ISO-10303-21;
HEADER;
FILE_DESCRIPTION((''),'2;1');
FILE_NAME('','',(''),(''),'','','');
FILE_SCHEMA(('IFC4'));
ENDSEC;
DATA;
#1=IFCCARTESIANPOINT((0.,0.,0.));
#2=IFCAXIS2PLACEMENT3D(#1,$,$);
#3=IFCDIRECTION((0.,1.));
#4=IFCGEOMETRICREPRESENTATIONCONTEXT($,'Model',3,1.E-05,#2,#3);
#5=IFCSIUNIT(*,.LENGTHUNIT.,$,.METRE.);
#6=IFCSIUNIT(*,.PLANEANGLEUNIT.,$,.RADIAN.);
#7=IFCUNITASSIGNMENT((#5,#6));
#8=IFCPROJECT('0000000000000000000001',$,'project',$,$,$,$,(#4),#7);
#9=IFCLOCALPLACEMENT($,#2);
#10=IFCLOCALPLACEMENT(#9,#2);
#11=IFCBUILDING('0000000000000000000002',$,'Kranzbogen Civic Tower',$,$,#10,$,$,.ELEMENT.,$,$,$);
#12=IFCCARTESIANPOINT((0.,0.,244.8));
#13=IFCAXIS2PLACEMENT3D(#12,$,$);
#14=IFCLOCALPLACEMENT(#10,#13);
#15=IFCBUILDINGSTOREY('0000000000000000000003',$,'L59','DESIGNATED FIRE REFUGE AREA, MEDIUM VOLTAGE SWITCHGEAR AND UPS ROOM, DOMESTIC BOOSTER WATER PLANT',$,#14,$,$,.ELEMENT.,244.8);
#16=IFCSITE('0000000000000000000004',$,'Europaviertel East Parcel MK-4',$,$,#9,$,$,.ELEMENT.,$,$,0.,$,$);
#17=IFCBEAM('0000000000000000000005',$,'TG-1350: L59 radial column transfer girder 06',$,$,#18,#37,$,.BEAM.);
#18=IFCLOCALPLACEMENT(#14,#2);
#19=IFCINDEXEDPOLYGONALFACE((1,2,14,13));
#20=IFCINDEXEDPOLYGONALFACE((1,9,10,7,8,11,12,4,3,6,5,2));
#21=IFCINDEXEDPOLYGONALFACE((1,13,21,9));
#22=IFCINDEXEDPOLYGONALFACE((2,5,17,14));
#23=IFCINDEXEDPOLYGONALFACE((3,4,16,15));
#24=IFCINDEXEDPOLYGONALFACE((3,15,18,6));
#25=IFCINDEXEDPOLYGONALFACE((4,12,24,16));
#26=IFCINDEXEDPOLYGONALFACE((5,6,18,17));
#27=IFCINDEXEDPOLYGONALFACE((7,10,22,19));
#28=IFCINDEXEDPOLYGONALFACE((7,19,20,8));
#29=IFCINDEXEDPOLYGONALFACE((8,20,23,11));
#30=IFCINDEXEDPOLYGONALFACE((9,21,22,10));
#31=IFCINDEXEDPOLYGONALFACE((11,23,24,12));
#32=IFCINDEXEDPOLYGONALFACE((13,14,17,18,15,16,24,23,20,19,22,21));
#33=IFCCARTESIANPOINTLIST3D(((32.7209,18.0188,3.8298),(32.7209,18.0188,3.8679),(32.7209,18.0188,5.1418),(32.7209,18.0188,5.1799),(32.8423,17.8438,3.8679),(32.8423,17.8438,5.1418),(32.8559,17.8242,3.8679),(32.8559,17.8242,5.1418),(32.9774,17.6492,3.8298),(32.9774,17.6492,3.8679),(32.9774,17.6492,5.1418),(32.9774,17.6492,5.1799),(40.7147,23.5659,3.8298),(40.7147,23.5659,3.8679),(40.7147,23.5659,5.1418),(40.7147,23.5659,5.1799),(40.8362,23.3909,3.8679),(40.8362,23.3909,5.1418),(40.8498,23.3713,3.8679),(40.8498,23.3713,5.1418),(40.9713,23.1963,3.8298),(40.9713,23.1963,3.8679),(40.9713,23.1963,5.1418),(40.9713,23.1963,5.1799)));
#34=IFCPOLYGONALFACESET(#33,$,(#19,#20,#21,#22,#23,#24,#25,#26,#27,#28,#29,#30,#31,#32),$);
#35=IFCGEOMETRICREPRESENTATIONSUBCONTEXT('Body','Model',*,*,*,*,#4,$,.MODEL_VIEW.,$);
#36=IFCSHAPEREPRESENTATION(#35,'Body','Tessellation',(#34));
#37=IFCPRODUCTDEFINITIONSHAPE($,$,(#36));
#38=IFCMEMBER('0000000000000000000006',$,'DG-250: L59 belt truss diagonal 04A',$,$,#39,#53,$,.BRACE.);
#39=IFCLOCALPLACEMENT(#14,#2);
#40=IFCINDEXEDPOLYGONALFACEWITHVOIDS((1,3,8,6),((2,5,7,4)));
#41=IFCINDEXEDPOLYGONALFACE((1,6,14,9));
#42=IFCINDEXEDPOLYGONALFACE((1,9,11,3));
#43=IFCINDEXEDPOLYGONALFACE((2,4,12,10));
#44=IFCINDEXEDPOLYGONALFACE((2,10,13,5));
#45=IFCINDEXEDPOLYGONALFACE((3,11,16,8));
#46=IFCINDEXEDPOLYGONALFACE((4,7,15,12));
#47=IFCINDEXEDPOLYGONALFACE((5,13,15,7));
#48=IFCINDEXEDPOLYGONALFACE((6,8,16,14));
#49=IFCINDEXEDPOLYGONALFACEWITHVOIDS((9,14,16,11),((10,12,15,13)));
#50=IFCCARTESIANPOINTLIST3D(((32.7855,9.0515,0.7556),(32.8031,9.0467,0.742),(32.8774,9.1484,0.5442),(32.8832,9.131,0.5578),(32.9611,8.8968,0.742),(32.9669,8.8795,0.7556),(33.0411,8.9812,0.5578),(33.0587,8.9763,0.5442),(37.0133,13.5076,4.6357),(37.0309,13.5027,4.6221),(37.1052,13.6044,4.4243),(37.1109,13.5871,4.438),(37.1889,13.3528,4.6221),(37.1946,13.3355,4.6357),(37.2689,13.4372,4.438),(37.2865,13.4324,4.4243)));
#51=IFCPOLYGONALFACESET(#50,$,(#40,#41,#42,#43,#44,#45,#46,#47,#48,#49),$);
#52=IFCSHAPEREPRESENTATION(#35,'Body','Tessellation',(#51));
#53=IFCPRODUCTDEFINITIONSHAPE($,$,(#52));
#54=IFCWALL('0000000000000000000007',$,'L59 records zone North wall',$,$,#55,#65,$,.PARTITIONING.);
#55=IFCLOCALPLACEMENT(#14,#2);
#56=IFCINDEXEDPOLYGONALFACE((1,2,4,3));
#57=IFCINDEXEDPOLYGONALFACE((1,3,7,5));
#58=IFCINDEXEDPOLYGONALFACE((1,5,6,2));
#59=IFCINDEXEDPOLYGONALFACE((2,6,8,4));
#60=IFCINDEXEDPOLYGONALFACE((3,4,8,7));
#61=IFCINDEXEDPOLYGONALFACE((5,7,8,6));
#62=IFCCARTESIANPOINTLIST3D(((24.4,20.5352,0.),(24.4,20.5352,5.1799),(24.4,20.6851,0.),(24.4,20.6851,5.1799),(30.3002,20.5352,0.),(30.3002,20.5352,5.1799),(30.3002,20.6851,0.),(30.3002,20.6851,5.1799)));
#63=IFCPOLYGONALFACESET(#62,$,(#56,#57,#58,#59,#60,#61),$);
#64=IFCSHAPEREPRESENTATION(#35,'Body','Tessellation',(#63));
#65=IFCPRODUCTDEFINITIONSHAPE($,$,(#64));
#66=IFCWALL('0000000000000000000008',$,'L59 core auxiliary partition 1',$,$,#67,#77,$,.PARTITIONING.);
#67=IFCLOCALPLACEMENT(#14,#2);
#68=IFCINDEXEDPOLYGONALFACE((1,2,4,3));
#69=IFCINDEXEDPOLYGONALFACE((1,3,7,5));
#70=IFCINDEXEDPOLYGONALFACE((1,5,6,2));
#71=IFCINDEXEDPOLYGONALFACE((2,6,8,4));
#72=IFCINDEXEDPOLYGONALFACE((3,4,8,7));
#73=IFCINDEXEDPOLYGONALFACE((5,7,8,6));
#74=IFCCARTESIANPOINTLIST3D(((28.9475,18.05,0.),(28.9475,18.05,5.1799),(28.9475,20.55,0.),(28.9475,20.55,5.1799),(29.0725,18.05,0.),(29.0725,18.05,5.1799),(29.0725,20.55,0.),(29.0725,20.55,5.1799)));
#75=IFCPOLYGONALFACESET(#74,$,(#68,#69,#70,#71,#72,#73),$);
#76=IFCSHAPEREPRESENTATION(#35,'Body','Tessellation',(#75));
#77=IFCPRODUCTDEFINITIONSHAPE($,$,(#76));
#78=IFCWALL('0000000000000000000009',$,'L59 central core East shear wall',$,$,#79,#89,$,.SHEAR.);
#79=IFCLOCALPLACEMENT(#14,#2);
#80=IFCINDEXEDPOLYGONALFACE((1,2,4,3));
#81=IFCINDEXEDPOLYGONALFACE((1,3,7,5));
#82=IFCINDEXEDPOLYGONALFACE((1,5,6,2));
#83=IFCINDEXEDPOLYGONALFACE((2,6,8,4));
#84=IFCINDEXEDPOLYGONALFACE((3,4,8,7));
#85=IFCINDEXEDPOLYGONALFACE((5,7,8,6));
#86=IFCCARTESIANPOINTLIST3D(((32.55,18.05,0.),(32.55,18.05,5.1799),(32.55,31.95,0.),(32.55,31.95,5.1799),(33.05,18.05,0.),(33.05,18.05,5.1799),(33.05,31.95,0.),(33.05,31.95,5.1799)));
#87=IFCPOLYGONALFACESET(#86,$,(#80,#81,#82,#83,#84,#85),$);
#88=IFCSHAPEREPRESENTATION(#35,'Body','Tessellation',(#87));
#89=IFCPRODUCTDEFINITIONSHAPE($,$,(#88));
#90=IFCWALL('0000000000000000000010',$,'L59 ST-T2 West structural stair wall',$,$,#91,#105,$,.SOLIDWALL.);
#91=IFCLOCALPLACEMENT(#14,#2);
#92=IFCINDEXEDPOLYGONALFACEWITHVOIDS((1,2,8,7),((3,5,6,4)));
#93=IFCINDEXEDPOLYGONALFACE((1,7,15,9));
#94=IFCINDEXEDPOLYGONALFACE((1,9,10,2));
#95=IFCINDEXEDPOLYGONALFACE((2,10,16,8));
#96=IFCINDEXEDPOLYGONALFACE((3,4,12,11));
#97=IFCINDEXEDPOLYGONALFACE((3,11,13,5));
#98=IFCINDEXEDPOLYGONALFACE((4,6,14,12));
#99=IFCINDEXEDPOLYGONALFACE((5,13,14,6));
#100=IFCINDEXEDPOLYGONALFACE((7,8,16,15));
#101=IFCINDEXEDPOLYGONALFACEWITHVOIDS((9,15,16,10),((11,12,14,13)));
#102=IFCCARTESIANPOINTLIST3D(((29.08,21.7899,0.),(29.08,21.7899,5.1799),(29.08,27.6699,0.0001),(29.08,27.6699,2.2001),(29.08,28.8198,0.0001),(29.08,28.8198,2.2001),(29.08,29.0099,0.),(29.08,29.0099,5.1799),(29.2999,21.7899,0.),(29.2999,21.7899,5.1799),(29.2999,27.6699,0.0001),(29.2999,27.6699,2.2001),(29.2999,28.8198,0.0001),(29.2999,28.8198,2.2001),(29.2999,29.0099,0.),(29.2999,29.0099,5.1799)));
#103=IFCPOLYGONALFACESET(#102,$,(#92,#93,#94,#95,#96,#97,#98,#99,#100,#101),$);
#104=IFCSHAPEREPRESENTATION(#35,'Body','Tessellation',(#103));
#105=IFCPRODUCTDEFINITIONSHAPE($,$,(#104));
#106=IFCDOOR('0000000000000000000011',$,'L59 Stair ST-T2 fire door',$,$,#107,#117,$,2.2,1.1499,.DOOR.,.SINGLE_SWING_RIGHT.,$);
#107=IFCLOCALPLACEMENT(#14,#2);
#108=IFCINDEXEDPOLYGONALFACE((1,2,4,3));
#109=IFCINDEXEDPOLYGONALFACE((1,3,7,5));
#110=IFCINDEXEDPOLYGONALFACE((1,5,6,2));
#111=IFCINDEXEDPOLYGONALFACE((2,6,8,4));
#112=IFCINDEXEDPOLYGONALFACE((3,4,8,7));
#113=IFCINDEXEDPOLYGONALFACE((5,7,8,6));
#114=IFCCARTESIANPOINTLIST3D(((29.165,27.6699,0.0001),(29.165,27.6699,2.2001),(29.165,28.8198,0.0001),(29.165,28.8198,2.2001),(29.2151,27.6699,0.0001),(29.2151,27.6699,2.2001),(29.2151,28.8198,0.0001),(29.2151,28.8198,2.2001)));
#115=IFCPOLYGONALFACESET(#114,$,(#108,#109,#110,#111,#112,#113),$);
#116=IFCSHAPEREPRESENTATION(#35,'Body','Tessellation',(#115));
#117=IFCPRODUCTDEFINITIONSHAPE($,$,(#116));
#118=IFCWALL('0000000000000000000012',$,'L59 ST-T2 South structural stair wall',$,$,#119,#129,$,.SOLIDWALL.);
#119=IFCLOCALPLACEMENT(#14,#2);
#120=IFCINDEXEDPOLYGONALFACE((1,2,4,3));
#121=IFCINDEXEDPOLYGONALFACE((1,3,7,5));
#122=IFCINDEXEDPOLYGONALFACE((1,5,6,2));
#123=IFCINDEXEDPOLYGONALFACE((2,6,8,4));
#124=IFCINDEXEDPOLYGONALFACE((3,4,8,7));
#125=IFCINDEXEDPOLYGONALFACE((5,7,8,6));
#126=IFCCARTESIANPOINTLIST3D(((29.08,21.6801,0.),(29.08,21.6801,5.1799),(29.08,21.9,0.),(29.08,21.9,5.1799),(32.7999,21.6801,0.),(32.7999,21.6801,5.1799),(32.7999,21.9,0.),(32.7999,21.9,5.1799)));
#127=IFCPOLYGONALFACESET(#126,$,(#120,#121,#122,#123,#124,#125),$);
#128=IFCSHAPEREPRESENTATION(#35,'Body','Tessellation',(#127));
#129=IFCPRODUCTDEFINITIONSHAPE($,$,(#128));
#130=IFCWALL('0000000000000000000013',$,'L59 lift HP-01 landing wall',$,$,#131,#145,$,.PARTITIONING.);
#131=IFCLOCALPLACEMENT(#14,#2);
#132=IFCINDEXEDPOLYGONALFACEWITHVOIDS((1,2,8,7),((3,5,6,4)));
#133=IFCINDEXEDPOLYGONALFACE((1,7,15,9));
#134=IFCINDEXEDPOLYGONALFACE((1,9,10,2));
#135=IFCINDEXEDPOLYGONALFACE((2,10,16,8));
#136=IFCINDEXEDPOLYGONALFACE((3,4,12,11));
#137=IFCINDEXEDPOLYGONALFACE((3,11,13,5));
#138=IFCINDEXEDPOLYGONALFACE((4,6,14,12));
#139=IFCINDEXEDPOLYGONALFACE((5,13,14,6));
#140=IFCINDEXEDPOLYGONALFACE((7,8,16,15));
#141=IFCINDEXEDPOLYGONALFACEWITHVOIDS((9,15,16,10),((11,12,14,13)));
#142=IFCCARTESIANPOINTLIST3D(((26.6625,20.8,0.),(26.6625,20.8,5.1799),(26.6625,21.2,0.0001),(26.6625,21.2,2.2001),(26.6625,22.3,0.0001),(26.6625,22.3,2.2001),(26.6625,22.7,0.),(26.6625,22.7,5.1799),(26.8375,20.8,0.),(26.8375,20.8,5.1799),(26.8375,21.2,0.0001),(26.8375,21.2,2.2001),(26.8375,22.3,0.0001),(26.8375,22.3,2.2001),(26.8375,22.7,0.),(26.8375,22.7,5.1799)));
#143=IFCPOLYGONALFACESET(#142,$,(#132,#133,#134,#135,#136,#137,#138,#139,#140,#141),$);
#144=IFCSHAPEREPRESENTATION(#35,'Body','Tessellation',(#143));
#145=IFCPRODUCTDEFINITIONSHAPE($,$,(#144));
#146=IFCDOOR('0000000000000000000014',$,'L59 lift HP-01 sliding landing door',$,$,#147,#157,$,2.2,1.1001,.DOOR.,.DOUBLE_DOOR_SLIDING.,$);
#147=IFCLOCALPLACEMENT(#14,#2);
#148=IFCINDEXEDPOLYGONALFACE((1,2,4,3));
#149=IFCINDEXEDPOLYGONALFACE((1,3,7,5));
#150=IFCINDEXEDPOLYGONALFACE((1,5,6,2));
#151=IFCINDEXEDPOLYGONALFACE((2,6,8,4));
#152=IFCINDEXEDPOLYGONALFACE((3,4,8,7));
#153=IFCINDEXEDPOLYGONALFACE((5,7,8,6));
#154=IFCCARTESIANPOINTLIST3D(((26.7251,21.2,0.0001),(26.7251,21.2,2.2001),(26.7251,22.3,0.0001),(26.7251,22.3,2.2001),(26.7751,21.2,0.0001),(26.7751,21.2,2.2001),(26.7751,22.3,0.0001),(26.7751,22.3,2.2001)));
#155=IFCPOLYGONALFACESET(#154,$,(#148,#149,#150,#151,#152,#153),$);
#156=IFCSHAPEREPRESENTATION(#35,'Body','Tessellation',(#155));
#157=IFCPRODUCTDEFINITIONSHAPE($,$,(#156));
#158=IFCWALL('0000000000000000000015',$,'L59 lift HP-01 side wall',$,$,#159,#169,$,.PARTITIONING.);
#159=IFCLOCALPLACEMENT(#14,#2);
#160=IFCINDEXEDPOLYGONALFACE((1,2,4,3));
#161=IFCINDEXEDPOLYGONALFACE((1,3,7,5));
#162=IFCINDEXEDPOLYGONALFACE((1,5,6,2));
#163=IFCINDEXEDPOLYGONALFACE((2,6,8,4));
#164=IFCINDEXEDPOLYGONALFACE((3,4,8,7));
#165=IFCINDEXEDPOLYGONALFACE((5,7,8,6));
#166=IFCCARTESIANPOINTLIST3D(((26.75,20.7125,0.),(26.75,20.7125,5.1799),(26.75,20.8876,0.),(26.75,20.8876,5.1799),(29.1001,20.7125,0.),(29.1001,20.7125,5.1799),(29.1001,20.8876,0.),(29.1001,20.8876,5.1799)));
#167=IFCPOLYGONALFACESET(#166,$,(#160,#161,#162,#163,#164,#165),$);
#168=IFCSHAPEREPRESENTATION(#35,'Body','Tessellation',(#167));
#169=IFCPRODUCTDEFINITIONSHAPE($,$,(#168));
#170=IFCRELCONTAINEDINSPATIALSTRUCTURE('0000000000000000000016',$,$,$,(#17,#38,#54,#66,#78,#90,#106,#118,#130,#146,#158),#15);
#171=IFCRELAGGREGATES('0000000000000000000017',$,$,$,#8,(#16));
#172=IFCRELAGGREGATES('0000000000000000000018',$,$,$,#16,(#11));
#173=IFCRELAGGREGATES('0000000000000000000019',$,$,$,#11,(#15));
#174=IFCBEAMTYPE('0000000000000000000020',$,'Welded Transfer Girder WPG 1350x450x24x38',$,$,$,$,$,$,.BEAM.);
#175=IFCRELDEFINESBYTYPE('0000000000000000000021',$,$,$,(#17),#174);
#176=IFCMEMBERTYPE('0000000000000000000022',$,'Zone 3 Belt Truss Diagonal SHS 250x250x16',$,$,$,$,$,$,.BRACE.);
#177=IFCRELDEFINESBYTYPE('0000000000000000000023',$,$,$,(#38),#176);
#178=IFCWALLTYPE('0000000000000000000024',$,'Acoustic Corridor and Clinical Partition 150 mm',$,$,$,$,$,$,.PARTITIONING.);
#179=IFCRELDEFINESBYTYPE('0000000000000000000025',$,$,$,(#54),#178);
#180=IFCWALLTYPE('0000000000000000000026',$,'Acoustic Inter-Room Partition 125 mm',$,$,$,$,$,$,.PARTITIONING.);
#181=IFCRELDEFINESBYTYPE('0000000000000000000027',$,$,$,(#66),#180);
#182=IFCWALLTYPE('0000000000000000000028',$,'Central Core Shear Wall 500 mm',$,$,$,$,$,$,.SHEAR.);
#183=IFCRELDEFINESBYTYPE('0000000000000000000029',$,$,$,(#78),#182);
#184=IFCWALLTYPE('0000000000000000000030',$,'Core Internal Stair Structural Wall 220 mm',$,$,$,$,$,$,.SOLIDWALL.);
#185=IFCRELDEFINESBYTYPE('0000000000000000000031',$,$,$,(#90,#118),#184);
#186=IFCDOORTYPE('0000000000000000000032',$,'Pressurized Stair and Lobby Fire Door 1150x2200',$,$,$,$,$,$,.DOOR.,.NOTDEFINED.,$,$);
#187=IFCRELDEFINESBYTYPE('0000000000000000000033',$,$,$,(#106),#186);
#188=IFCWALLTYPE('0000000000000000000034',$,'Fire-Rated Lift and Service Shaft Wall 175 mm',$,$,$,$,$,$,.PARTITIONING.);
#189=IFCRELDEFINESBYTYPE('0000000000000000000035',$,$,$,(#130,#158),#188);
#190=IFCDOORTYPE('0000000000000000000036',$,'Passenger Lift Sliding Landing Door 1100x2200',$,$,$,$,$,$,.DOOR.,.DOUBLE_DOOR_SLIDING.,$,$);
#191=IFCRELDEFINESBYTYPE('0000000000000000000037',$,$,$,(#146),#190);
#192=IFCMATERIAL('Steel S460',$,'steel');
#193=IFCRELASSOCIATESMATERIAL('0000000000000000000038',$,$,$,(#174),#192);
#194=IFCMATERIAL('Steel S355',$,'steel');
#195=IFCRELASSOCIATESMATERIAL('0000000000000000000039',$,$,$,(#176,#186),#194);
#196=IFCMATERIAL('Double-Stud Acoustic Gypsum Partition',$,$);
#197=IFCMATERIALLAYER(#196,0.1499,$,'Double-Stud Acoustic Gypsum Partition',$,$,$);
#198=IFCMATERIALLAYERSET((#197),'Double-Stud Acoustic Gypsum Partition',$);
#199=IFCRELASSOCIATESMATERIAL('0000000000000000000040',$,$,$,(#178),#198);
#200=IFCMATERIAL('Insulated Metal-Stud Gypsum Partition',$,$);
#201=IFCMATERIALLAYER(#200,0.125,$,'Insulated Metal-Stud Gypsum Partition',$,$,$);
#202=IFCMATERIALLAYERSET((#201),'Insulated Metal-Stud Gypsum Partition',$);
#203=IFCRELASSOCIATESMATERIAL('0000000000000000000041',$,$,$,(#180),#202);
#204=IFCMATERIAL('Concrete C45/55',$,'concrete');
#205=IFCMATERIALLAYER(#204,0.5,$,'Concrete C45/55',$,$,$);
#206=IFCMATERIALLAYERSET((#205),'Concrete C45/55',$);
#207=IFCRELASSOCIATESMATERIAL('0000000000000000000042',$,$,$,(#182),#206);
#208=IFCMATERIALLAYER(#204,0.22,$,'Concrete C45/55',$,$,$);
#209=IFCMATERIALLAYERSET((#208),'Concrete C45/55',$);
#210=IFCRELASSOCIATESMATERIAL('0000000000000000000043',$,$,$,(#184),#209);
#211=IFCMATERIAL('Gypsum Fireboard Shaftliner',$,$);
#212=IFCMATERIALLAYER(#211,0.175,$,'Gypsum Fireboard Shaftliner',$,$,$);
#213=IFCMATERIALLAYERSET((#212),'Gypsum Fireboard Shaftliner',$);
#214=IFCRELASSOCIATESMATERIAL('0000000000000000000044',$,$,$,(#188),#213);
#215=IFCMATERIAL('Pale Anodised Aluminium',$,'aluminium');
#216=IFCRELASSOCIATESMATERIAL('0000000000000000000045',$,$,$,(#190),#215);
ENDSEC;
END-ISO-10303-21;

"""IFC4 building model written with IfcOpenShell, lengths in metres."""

from ifc_helpers import new_model, si_unit, direction, frame, frame_2d, origin, origin_2d, place, context, subcontext, project, spatial, rectangle, hollow_rectangle, i_section, extrude, material, layer, layer_set, material_profile, profile_set, type_object, element, fill, save


model = new_model("IFC4")

# Units and contexts
model_context = context("Model", 3, precision=1e-05, world=origin(), true_north=direction((0.0, 1.0)))
body_context = subcontext(model_context, "Body", "Model", "MODEL_VIEW")
ifc_project = project(units=[si_unit("LENGTHUNIT", "METRE"), si_unit("PLANEANGLEUNIT", "RADIAN")], contexts=[model_context])

# Site, building, storey
site_placement = place(None, origin())
site = spatial("IfcSite", under=ifc_project, at=site_placement, Name="Europaviertel East Parcel MK-4", CompositionType="ELEMENT", RefElevation=0.0)
building_placement = place(site_placement, origin())
building = spatial("IfcBuilding", under=site, at=building_placement, Name="Kranzbogen Civic Tower", CompositionType="ELEMENT")
storey_placement = place(building_placement, frame((0.0, 0.0, 244.8)))
storey = spatial("IfcBuildingStorey", under=building, at=storey_placement, Name="L59", Description="DESIGNATED FIRE REFUGE AREA, MEDIUM VOLTAGE SWITCHGEAR AND UPS ROOM, DOMESTIC BOOSTER WATER PLANT", CompositionType="ELEMENT", Elevation=244.8)

# Shared definitions
ifc_material_1 = material(Name="Steel S460", Category="steel")

# Shared definitions
ifc_material_2 = material(Name="Steel S355", Category="steel")

# Beam
ifc_material_profile_1 = material_profile(ifc_material_1, i_section(OverallWidth=0.45, OverallDepth=1.3501, WebThickness=0.0239, FlangeThickness=0.0381, at=origin_2d()), Name="WPG 1350x450x24x38")
ifc_profile_set_1 = profile_set([ifc_material_profile_1], Name="Steel S460")
beam_type_1 = type_object("IfcBeamType", Name="Welded Transfer Girder WPG 1350x450x24x38", PredefinedType="BEAM", material=ifc_profile_set_1)
beam_1_placement = place(storey_placement, frame((32.8491, 17.834, 4.5049), z_axis=(0.821572, 0.570105, 0.0), x_axis=(-0.570105, 0.821572, 0.0)))
element("IfcBeam", 1, at=beam_1_placement, inside=storey, type_object=beam_type_1, Name="TG-1350: L59 radial column transfer girder 06", PredefinedType="BEAM", context=body_context, shape_type="SweptSolid", body=[
    extrude(i_section(OverallWidth=0.45, OverallDepth=1.3501, WebThickness=0.0239, FlangeThickness=0.0381, at=origin_2d()), origin(), (0.0, 0.0, 1.0), 9.73),
])

# Member
ifc_material_profile_2 = material_profile(ifc_material_2, hollow_rectangle(XDim=0.25, YDim=0.25, WallThickness=0.0161, at=origin_2d()), Name="SHS 250x250x16")
ifc_profile_set_2 = profile_set([ifc_material_profile_2], Name="Steel S355")
member_type_1 = type_object("IfcMemberType", Name="Zone 3 Belt Truss Diagonal SHS 250x250x16", PredefinedType="BRACE", material=ifc_profile_set_2)
member_1_placement = place(storey_placement, frame((32.9221, 9.0139, 0.6499), z_axis=(0.581907, 0.613326, 0.534056), x_axis=(-0.725444, 0.688281, 0.0)))
element("IfcMember", 2, at=member_1_placement, inside=storey, type_object=member_type_1, Name="DG-250: L59 belt truss diagonal 04A", PredefinedType="BRACE", context=body_context, shape_type="SweptSolid", body=[
    extrude(hollow_rectangle(XDim=0.25, YDim=0.25, WallThickness=0.0161, at=origin_2d()), origin(), (0.0, 0.0, 1.0), 7.2654),
])

# Walls
ifc_material_3 = material(Name="Double-Stud Acoustic Gypsum Partition")
ifc_layer_1 = layer(ifc_material_3, 0.1499, Name="Double-Stud Acoustic Gypsum Partition")
ifc_layer_set_1 = layer_set([ifc_layer_1], Name="Double-Stud Acoustic Gypsum Partition")
wall_type_1 = type_object("IfcWallType", Name="Acoustic Corridor and Clinical Partition 150 mm", PredefinedType="PARTITIONING", material=ifc_layer_set_1)
wall_1_placement = place(storey_placement, frame((24.3999, 20.6101, 0.0), z_axis=(0.0, 0.0, 1.0), x_axis=(1.0, 0.0, 0.0)))
element("IfcWall", 3, at=wall_1_placement, inside=storey, type_object=wall_type_1, Name="L59 records zone North wall", PredefinedType="PARTITIONING", context=body_context, shape_type="SweptSolid", body=[
    extrude(rectangle(XDim=5.9001, YDim=0.1499, at=frame_2d((2.9502, 0.0))), origin(), (0.0, 0.0, 1.0), 5.1799),
])
ifc_material_4 = material(Name="Insulated Metal-Stud Gypsum Partition")
ifc_layer_2 = layer(ifc_material_4, 0.125, Name="Insulated Metal-Stud Gypsum Partition")
ifc_layer_set_2 = layer_set([ifc_layer_2], Name="Insulated Metal-Stud Gypsum Partition")
wall_type_2 = type_object("IfcWallType", Name="Acoustic Inter-Room Partition 125 mm", PredefinedType="PARTITIONING", material=ifc_layer_set_2)
wall_2_placement = place(storey_placement, frame((29.01, 18.05, 0.0), z_axis=(0.0, 0.0, 1.0), x_axis=(0.0, 1.0, 0.0)))
element("IfcWall", 4, at=wall_2_placement, inside=storey, type_object=wall_type_2, Name="L59 core auxiliary partition 1", PredefinedType="PARTITIONING", context=body_context, shape_type="SweptSolid", body=[
    extrude(rectangle(XDim=2.5, YDim=0.125, at=frame_2d((1.25, 0.0))), origin(), (0.0, 0.0, 1.0), 5.1799),
])
ifc_material_5 = material(Name="Concrete C45/55", Category="concrete")
ifc_layer_3 = layer(ifc_material_5, 0.5, Name="Concrete C45/55")
ifc_layer_set_3 = layer_set([ifc_layer_3], Name="Concrete C45/55")
wall_type_3 = type_object("IfcWallType", Name="Central Core Shear Wall 500 mm", PredefinedType="SHEAR", material=ifc_layer_set_3)
wall_3_placement = place(storey_placement, frame((32.8, 18.05, 0.0), z_axis=(0.0, 0.0, 1.0), x_axis=(0.0, 1.0, 0.0)))
element("IfcWall", 5, at=wall_3_placement, inside=storey, type_object=wall_type_3, Name="L59 central core East shear wall", PredefinedType="SHEAR", context=body_context, shape_type="SweptSolid", body=[
    extrude(rectangle(XDim=13.8999, YDim=0.5, at=frame_2d((6.95, 0.0))), origin(), (0.0, 0.0, 1.0), 5.1799),
])

# Wall, opening, door
ifc_layer_4 = layer(ifc_material_5, 0.22, Name="Concrete C45/55")
ifc_layer_set_4 = layer_set([ifc_layer_4], Name="Concrete C45/55")
wall_type_4 = type_object("IfcWallType", Name="Core Internal Stair Structural Wall 220 mm", PredefinedType="SOLIDWALL", material=ifc_layer_set_4)
wall_4_placement = place(storey_placement, frame((29.1899, 21.79, 0.0), z_axis=(0.0, 0.0, 1.0), x_axis=(0.0, 1.0, 0.0)))
wall_4 = element("IfcWall", 6, at=wall_4_placement, inside=storey, type_object=wall_type_4, Name="L59 ST-T2 West structural stair wall", PredefinedType="SOLIDWALL", context=body_context, shape_type="SweptSolid", body=[
    extrude(rectangle(XDim=7.22, YDim=0.22, at=frame_2d((3.6099, 0.0))), origin(), (0.0, 0.0, 1.0), 5.1799),
])
opening_1_placement = place(wall_4_placement, frame((5.8799, 0.0, 0.0)))
opening_1 = element("IfcOpeningElement", 7, at=opening_1_placement, cuts=wall_4, PredefinedType="OPENING", context=body_context, shape_type="SweptSolid", body=[
    extrude(rectangle(XDim=1.1499, YDim=2.2, at=frame_2d((0.575, 1.1001))), frame((0.0, 0.1201, 0.0), z_axis=(0.0, -1.0, 0.0), x_axis=(1.0, 0.0, 0.0)), (0.0, 0.0, 1.0), 0.24),
])
door_type_1 = type_object("IfcDoorType", Name="Pressurized Stair and Lobby Fire Door 1150x2200", OperationType="NOTDEFINED", PredefinedType="DOOR", material=ifc_material_2)
door_1_placement = place(opening_1_placement, origin())
door_1 = element("IfcDoor", 8, at=door_1_placement, inside=storey, type_object=door_type_1, Name="L59 Stair ST-T2 fire door", OperationType="SINGLE_SWING_RIGHT", OverallHeight=2.2, OverallWidth=1.1499, PredefinedType="DOOR", context=body_context, shape_type="SweptSolid", body=[
    extrude(rectangle(XDim=1.1499, YDim=2.2, at=frame_2d((0.575, 1.1001))), frame((0.0, 0.0249, 0.0), z_axis=(0.0, -1.0, 0.0), x_axis=(1.0, 0.0, 0.0)), (0.0, 0.0, 1.0), 0.05),
])
fill(opening_1, door_1)

# Wall
wall_5_placement = place(storey_placement, frame((29.0801, 21.79, 0.0), z_axis=(0.0, 0.0, 1.0), x_axis=(1.0, 0.0, 0.0)))
element("IfcWall", 9, at=wall_5_placement, inside=storey, type_object=wall_type_4, Name="L59 ST-T2 South structural stair wall", PredefinedType="SOLIDWALL", context=body_context, shape_type="SweptSolid", body=[
    extrude(rectangle(XDim=3.72, YDim=0.22, at=frame_2d((1.8599, 0.0))), origin(), (0.0, 0.0, 1.0), 5.1799),
])

# Wall, opening, door
ifc_material_6 = material(Name="Gypsum Fireboard Shaftliner")
ifc_layer_5 = layer(ifc_material_6, 0.175, Name="Gypsum Fireboard Shaftliner")
ifc_layer_set_5 = layer_set([ifc_layer_5], Name="Gypsum Fireboard Shaftliner")
wall_type_5 = type_object("IfcWallType", Name="Fire-Rated Lift and Service Shaft Wall 175 mm", PredefinedType="PARTITIONING", material=ifc_layer_set_5)
wall_6_placement = place(storey_placement, frame((26.75, 20.8, 0.0), z_axis=(0.0, 0.0, 1.0), x_axis=(0.0, 1.0, 0.0)))
wall_6 = element("IfcWall", 10, at=wall_6_placement, inside=storey, type_object=wall_type_5, Name="L59 lift HP-01 landing wall", PredefinedType="PARTITIONING", context=body_context, shape_type="SweptSolid", body=[
    extrude(rectangle(XDim=1.8999, YDim=0.175, at=frame_2d((0.95, 0.0))), origin(), (0.0, 0.0, 1.0), 5.1799),
])
opening_2_placement = place(wall_6_placement, frame((0.3999, 0.0, 0.0)))
opening_2 = element("IfcOpeningElement", 11, at=opening_2_placement, cuts=wall_6, PredefinedType="OPENING", context=body_context, shape_type="SweptSolid", body=[
    extrude(rectangle(XDim=1.1001, YDim=2.2, at=frame_2d((0.55, 1.1001))), frame((0.0, 0.0977, 0.0), z_axis=(0.0, -1.0, 0.0), x_axis=(1.0, 0.0, 0.0)), (0.0, 0.0, 1.0), 0.1951),
])
ifc_material_7 = material(Name="Pale Anodised Aluminium", Category="aluminium")
door_type_2 = type_object("IfcDoorType", Name="Passenger Lift Sliding Landing Door 1100x2200", OperationType="DOUBLE_DOOR_SLIDING", PredefinedType="DOOR", material=ifc_material_7)
door_2_placement = place(opening_2_placement, origin())
door_2 = element("IfcDoor", 12, at=door_2_placement, inside=storey, type_object=door_type_2, Name="L59 lift HP-01 sliding landing door", OperationType="DOUBLE_DOOR_SLIDING", OverallHeight=2.2, OverallWidth=1.1001, PredefinedType="DOOR", context=body_context, shape_type="SweptSolid", body=[
    extrude(rectangle(XDim=1.1001, YDim=2.2, at=frame_2d((0.55, 1.1001))), frame((0.0, 0.0249, 0.0), z_axis=(0.0, -1.0, 0.0), x_axis=(1.0, 0.0, 0.0)), (0.0, 0.0, 1.0), 0.05),
])
fill(opening_2, door_2)

# Wall
wall_7_placement = place(storey_placement, frame((26.75, 20.8, 0.0), z_axis=(0.0, 0.0, 1.0), x_axis=(1.0, 0.0, 0.0)))
element("IfcWall", 13, at=wall_7_placement, inside=storey, type_object=wall_type_5, Name="L59 lift HP-01 side wall", PredefinedType="PARTITIONING", context=body_context, shape_type="SweptSolid", body=[
    extrude(rectangle(XDim=2.3501, YDim=0.175, at=frame_2d((1.175, 0.0))), origin(), (0.0, 0.0, 1.0), 5.1799),
])

save(model, "model.ifc")
